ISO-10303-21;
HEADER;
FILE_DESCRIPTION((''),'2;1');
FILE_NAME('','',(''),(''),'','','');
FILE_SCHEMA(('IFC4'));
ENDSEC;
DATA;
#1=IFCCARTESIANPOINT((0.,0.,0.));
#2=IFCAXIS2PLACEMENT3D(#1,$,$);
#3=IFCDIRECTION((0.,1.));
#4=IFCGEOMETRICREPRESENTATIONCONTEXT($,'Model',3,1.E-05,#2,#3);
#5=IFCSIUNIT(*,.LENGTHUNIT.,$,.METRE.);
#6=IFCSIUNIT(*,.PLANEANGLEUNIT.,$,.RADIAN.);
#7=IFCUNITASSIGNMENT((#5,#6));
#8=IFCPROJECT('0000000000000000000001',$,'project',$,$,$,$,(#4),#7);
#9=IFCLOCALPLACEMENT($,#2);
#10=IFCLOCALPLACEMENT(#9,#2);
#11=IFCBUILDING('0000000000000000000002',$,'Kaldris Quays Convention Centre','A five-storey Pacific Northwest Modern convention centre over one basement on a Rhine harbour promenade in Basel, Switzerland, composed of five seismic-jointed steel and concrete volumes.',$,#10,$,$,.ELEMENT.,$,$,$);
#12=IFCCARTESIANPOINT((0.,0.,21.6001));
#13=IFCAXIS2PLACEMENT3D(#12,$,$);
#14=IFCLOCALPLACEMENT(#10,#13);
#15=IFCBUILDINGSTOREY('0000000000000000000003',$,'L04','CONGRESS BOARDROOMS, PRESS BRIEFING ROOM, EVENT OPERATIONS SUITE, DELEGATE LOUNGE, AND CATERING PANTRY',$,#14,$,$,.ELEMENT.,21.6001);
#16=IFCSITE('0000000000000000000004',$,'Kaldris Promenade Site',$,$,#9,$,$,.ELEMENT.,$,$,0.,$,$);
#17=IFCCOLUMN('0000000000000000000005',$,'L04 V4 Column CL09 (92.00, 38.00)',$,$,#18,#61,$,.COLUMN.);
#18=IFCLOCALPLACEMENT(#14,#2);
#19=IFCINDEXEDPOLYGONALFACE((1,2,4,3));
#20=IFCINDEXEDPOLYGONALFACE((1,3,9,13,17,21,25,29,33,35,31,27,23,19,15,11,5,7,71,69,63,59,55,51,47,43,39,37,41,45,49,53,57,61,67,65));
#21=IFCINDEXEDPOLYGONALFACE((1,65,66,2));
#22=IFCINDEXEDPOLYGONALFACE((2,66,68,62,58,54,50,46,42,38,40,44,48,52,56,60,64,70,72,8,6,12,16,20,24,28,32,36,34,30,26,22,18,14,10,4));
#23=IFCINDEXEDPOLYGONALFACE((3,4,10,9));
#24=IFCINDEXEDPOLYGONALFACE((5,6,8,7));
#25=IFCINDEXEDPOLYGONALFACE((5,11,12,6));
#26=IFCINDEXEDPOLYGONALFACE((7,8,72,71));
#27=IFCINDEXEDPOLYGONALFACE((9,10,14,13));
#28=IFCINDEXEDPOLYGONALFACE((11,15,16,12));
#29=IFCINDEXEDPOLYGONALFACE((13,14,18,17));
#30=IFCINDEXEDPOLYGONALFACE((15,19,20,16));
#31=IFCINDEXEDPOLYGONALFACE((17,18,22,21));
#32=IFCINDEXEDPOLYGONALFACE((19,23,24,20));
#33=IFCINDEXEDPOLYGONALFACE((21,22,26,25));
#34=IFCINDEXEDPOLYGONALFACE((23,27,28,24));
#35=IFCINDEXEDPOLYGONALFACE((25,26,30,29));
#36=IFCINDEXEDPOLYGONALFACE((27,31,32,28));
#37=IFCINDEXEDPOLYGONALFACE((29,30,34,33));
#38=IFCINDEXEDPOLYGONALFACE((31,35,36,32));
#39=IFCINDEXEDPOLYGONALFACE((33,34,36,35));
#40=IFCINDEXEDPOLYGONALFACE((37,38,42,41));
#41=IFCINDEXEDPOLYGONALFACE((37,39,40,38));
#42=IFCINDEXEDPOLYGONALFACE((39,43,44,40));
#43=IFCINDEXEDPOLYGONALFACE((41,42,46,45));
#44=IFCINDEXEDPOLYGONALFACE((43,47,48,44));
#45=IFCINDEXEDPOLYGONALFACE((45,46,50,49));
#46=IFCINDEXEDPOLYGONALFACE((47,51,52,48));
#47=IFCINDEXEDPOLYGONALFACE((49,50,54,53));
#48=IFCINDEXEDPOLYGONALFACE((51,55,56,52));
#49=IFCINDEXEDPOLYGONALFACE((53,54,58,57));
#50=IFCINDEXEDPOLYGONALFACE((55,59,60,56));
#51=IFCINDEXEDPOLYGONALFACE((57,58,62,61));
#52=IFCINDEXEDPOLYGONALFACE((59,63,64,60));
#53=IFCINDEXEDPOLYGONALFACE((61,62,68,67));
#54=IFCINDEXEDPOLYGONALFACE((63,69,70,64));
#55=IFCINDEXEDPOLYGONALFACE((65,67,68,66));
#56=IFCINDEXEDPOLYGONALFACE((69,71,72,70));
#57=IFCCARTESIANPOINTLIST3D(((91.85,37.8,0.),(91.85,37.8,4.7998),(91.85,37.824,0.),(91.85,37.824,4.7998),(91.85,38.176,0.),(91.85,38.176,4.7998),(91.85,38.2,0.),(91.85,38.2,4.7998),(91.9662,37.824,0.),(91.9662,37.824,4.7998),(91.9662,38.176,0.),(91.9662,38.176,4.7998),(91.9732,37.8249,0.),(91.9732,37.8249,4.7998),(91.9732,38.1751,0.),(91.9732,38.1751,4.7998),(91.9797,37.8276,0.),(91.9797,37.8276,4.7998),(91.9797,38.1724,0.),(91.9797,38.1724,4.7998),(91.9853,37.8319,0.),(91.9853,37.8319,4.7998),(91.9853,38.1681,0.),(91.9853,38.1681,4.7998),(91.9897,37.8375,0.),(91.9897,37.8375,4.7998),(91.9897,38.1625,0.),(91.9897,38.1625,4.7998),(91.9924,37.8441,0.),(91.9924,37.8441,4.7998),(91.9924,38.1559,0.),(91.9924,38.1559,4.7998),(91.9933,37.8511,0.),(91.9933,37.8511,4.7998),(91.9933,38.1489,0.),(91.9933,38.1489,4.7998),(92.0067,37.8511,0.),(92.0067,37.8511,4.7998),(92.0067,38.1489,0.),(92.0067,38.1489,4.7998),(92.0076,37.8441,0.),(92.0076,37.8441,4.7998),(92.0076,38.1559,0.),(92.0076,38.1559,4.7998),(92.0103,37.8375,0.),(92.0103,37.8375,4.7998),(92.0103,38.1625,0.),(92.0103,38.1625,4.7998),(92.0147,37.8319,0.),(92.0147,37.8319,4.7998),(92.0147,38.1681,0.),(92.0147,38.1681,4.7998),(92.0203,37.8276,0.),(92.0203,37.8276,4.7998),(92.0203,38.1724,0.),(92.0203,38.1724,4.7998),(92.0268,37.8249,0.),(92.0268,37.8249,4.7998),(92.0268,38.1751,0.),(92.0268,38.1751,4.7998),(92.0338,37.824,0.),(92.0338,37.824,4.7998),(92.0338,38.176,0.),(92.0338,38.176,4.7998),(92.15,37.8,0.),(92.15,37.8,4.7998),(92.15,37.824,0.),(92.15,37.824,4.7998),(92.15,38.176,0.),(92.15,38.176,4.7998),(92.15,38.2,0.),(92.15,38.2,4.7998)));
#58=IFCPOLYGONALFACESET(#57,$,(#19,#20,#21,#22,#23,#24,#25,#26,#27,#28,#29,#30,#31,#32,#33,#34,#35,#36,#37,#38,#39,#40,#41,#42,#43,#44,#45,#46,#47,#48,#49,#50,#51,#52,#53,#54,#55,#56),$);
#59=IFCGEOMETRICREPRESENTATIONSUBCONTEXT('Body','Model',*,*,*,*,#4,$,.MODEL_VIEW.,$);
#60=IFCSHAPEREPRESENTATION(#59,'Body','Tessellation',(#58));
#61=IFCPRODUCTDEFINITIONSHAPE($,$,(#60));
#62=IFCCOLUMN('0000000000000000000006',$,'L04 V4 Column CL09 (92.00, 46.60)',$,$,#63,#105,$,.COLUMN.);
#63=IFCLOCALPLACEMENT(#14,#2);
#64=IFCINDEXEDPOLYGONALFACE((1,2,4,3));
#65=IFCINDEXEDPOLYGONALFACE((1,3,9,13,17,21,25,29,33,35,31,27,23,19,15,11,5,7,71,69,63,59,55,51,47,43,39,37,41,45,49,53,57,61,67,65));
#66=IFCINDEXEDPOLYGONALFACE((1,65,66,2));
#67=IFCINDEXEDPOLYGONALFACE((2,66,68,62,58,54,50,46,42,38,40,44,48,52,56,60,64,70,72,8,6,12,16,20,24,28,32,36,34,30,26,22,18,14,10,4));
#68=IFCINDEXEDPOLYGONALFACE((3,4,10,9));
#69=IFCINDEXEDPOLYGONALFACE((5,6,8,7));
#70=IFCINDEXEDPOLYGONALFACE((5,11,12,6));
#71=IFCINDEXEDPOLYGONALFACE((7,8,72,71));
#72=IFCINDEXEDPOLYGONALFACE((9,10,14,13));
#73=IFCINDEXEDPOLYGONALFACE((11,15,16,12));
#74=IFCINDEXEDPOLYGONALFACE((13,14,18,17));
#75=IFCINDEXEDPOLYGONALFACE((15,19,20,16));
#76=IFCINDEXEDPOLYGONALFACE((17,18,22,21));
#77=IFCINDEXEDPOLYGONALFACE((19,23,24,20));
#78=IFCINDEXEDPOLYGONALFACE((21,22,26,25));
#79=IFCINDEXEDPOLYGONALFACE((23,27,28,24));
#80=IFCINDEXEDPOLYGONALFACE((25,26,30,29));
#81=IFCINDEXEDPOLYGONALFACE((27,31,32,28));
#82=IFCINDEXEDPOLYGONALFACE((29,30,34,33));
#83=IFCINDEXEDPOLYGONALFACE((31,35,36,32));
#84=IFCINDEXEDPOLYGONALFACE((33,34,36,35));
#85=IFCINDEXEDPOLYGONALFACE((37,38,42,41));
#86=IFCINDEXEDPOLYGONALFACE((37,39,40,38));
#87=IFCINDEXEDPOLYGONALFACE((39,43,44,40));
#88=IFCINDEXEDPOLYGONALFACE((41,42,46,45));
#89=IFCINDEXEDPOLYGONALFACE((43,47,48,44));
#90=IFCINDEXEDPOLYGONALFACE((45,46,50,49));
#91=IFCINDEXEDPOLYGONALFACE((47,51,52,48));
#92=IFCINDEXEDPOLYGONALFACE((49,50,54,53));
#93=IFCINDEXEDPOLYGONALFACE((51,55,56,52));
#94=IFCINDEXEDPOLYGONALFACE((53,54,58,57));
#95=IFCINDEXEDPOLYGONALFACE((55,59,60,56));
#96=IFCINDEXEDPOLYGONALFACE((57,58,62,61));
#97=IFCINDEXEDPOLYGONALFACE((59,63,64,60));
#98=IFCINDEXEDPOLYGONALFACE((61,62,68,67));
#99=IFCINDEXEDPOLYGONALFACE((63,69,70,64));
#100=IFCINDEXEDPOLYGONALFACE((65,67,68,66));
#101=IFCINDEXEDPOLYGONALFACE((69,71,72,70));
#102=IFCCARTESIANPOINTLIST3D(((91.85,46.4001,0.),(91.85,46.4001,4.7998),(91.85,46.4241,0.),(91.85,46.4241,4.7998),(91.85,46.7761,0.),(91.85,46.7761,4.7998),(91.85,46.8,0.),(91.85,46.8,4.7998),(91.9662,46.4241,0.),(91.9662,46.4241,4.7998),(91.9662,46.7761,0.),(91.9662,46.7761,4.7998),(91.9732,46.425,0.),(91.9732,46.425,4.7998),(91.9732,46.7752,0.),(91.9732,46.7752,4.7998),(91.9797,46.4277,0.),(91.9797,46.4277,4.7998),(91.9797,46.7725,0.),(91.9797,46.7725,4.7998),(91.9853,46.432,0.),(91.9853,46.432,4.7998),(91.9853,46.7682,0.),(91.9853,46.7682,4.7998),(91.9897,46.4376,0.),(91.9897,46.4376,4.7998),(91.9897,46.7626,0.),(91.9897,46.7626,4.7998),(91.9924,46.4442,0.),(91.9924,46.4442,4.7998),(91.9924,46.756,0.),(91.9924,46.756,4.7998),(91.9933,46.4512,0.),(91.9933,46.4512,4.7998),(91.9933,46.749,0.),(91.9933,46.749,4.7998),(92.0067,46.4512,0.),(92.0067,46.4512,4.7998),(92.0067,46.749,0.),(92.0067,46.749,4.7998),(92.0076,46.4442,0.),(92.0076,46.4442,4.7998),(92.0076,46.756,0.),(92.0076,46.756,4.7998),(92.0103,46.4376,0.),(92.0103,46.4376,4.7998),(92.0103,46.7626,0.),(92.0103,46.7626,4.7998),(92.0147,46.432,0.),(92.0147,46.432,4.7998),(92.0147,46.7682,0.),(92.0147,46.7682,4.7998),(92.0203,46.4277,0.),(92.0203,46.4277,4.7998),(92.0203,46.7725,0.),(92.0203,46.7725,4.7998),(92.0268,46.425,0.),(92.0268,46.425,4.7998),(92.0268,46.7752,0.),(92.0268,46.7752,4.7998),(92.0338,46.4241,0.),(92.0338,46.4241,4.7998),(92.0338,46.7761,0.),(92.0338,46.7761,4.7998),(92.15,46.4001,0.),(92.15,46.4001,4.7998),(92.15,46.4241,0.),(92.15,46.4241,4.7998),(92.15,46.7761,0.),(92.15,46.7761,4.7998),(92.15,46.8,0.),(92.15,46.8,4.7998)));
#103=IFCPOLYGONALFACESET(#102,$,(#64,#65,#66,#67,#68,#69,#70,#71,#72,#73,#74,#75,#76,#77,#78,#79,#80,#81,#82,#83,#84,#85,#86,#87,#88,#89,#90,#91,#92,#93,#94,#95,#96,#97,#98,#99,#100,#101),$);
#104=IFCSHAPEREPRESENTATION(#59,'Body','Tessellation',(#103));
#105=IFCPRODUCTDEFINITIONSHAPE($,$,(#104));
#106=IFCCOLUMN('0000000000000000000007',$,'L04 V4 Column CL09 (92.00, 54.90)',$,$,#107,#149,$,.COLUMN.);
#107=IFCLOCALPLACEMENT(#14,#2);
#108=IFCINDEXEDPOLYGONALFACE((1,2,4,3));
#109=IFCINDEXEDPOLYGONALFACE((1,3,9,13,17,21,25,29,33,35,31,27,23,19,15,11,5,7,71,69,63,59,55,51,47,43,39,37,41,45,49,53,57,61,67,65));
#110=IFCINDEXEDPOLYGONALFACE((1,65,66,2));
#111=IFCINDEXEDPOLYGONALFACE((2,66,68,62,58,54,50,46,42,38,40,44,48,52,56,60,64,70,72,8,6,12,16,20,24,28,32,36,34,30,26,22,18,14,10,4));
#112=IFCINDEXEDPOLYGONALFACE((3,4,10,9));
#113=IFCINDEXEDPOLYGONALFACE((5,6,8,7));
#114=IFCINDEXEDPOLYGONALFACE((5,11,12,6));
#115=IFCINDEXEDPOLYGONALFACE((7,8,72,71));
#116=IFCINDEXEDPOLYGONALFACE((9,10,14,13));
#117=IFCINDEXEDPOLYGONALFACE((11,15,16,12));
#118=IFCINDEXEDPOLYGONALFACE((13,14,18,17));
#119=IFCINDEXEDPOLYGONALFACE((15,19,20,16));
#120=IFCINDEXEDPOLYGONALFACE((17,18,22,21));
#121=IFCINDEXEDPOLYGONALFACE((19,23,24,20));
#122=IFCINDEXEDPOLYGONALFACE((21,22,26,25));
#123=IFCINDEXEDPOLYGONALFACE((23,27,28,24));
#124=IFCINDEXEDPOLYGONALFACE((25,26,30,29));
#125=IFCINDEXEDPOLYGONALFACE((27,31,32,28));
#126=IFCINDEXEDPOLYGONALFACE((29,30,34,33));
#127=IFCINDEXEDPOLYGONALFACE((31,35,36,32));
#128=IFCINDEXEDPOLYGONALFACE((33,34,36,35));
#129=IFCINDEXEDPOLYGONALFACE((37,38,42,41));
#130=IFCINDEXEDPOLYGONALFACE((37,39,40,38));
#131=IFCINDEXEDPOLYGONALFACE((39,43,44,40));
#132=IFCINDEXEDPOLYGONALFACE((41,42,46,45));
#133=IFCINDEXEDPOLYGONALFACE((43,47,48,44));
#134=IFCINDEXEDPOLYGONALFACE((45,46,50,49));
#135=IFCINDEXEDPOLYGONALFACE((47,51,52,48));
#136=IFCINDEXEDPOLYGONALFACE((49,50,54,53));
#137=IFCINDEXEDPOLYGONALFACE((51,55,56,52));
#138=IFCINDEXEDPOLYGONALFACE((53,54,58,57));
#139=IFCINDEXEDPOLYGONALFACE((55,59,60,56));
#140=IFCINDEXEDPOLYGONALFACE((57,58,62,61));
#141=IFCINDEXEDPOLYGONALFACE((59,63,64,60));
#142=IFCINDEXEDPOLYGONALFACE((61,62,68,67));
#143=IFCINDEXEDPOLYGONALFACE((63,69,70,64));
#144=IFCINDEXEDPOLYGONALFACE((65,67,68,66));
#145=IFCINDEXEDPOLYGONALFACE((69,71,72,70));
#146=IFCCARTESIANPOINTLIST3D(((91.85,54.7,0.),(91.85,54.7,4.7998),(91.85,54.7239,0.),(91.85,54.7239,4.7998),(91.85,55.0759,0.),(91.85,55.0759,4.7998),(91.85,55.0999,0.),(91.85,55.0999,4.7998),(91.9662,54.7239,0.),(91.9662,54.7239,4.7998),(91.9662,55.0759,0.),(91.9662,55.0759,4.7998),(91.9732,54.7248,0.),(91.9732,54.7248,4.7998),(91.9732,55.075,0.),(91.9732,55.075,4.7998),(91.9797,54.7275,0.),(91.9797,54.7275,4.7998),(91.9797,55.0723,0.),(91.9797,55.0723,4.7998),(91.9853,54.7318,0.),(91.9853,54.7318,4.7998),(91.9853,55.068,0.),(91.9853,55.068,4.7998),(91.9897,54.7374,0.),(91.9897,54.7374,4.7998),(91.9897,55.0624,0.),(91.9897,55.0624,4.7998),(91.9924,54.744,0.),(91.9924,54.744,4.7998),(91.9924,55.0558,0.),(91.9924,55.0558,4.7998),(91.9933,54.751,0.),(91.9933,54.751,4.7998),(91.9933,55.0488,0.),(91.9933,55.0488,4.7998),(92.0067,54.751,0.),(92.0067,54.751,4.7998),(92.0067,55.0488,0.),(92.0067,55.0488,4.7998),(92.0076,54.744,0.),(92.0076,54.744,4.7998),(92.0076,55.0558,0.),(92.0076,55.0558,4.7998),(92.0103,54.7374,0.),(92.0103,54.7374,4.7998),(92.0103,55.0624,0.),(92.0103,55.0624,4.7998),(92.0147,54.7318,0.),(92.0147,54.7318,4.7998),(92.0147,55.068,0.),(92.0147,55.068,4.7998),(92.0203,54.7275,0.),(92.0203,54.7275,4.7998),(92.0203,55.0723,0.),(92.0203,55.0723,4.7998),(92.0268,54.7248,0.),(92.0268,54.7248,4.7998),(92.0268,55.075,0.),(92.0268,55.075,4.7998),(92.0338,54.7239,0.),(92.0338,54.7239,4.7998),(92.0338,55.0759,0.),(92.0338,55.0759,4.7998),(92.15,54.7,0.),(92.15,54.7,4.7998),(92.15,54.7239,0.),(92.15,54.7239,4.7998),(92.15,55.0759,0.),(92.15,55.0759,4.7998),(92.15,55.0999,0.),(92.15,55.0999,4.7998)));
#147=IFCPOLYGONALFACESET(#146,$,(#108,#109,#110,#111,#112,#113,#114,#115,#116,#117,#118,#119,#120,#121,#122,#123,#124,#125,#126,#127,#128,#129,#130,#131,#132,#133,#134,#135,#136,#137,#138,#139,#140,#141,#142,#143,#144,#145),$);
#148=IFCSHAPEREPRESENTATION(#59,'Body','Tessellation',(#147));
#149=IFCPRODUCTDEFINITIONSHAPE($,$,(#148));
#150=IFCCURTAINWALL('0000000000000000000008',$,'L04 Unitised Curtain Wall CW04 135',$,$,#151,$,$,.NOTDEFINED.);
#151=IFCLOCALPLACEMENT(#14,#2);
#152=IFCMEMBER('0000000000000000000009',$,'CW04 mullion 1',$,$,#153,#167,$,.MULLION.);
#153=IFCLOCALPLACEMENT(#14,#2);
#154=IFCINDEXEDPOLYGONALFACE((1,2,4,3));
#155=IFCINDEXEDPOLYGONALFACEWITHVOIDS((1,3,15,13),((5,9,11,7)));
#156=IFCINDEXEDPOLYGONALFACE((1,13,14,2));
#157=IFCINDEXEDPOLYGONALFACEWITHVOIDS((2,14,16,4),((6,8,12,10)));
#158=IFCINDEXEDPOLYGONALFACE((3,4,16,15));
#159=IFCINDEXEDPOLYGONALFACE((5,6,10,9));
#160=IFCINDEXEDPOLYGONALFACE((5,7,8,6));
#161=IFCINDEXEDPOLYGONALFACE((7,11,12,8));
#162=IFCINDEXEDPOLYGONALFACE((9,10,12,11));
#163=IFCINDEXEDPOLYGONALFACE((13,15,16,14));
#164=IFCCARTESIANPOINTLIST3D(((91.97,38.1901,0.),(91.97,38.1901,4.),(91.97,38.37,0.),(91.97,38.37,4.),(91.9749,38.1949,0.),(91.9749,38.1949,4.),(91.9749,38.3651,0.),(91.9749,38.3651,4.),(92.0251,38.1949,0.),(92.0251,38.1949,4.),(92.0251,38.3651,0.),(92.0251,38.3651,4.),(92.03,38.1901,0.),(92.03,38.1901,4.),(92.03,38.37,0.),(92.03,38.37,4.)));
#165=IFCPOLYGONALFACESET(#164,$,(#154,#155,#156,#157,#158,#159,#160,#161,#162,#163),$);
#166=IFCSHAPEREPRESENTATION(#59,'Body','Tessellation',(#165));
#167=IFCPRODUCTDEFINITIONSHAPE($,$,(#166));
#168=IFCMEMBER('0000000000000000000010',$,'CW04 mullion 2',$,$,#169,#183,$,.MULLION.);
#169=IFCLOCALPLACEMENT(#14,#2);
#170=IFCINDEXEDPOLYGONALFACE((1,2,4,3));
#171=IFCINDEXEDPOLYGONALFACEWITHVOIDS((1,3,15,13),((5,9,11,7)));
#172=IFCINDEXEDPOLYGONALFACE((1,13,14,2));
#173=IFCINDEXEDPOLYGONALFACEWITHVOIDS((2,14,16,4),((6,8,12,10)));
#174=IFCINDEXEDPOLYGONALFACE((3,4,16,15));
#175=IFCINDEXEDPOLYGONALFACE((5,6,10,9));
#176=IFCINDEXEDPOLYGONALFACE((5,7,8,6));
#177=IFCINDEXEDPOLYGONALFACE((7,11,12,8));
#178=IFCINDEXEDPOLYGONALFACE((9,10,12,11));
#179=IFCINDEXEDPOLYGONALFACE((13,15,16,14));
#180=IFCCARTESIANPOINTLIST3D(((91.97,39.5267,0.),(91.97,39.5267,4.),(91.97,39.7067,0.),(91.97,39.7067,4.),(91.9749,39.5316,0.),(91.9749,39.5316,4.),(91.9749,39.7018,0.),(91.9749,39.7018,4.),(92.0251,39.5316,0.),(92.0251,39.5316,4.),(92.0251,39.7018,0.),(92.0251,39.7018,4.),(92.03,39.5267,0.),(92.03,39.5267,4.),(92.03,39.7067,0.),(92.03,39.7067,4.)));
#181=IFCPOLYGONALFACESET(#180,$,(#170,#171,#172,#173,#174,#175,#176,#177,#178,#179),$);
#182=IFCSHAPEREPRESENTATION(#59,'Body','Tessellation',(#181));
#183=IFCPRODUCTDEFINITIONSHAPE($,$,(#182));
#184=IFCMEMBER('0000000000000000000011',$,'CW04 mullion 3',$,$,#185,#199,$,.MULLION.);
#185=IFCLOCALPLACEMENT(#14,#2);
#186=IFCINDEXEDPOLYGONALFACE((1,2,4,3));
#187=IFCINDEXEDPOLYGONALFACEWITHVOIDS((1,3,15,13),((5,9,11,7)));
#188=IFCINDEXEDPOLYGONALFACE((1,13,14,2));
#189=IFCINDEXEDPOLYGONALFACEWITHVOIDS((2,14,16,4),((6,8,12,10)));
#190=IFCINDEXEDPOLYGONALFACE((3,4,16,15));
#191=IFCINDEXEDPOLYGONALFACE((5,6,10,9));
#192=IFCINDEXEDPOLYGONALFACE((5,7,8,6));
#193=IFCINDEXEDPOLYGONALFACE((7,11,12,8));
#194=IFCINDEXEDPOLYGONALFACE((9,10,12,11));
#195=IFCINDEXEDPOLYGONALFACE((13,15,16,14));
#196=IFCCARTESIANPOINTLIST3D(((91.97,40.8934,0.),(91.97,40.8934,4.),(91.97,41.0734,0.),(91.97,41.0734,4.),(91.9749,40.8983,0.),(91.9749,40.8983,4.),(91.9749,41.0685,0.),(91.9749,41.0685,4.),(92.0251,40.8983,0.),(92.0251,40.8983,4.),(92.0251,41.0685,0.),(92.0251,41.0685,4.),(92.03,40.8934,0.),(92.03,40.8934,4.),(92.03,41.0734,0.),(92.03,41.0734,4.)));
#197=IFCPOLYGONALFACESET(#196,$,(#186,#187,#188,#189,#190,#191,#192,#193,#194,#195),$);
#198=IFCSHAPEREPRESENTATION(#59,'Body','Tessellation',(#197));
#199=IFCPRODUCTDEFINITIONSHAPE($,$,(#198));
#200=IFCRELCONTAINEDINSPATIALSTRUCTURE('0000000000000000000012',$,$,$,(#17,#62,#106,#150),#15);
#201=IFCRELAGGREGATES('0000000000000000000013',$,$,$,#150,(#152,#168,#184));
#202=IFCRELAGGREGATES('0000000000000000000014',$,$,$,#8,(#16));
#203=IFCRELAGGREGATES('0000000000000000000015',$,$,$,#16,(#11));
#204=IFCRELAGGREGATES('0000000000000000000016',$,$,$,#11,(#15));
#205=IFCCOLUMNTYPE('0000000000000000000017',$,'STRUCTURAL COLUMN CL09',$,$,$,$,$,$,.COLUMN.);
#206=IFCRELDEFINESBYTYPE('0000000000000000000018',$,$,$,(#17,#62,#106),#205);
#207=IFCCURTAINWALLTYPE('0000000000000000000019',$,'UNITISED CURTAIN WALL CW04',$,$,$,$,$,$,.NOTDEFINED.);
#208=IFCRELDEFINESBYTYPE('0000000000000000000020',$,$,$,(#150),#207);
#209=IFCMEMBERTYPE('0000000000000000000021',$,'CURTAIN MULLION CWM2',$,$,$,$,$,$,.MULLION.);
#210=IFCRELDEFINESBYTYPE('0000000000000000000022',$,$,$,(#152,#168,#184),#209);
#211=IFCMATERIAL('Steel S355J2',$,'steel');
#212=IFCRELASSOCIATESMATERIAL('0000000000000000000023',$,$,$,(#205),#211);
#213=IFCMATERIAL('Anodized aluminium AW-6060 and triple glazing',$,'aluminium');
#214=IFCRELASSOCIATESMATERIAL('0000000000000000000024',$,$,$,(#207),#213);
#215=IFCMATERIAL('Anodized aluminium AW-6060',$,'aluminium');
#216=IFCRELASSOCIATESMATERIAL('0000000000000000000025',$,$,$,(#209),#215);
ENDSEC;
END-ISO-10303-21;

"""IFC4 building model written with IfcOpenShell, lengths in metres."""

from ifc_helpers import new_model, si_unit, direction, frame, origin, origin_2d, place, context, subcontext, project, spatial, hollow_rectangle, i_section, extrude, material, material_profile, profile_set, type_object, element, aggregate, save


model = new_model("IFC4")

# Units and contexts
model_context = context("Model", 3, precision=1e-05, world=origin(), true_north=direction((0.0, 1.0)))
body_context = subcontext(model_context, "Body", "Model", "MODEL_VIEW")
ifc_project = project(units=[si_unit("LENGTHUNIT", "METRE"), si_unit("PLANEANGLEUNIT", "RADIAN")], contexts=[model_context])

# Site, building, storey
site_placement = place(None, origin())
site = spatial("IfcSite", under=ifc_project, at=site_placement, Name="Kaldris Promenade Site", CompositionType="ELEMENT", RefElevation=0.0)
building_placement = place(site_placement, origin())
building = spatial("IfcBuilding", under=site, at=building_placement, Name="Kaldris Quays Convention Centre", Description="A five-storey Pacific Northwest Modern convention centre over one basement on a Rhine harbour promenade in Basel, Switzerland, composed of five seismic-jointed steel and concrete volumes.", CompositionType="ELEMENT")
storey_placement = place(building_placement, frame((0.0, 0.0, 21.6001)))
storey = spatial("IfcBuildingStorey", under=building, at=storey_placement, Name="L04", Description="CONGRESS BOARDROOMS, PRESS BRIEFING ROOM, EVENT OPERATIONS SUITE, DELEGATE LOUNGE, AND CATERING PANTRY", CompositionType="ELEMENT", Elevation=21.6001)

# Columns
ifc_material_1 = material(Name="Steel S355J2", Category="steel")
ifc_material_profile_1 = material_profile(ifc_material_1, i_section(OverallWidth=0.3, OverallDepth=0.3999, WebThickness=0.0134, FlangeThickness=0.0239, FilletRadius=0.0271, at=origin_2d()), Name="HEB 400")
ifc_profile_set_1 = profile_set([ifc_material_profile_1], Name="Steel S355J2")
column_type = type_object("IfcColumnType", Name="STRUCTURAL COLUMN CL09", PredefinedType="COLUMN", material=ifc_profile_set_1)
for number, where, z_axis, x_axis, name in (
    (1, (92.0, 38.0, 0.0), (0.0, 0.0, 1.0), (1.0, 0.0, 0.0), "L04 V4 Column CL09 (92.00, 38.00)"),
    (2, (92.0, 46.6001, 0.0), (0.0, 0.0, 1.0), (1.0, 0.0, 0.0), "L04 V4 Column CL09 (92.00, 46.60)"),
    (3, (92.0, 54.8999, 0.0), (0.0, 0.0, 1.0), (1.0, 0.0, 0.0), "L04 V4 Column CL09 (92.00, 54.90)"),
):
    element("IfcColumn", number, at=place(storey_placement, frame(where, z_axis=z_axis, x_axis=x_axis)), inside=storey, type_object=column_type, Name=name, PredefinedType="COLUMN", context=body_context, shape_type="SweptSolid", body=[
        extrude(i_section(OverallWidth=0.3, OverallDepth=0.3999, WebThickness=0.0134, FlangeThickness=0.0239, FilletRadius=0.0271, at=origin_2d()), origin(), (0.0, 0.0, 1.0), 4.7998),
    ])

# Curtain wall, members
ifc_material_2 = material(Name="Anodized aluminium AW-6060 and triple glazing", Category="aluminium")
curtain_wall_type = type_object("IfcCurtainWallType", Name="UNITISED CURTAIN WALL CW04", PredefinedType="NOTDEFINED", material=ifc_material_2)
curtain_wall_placement = place(storey_placement, origin())
curtain_wall = element("IfcCurtainWall", 4, at=curtain_wall_placement, inside=storey, type_object=curtain_wall_type, Name="L04 Unitised Curtain Wall CW04 135", PredefinedType="NOTDEFINED")
ifc_material_3 = material(Name="Anodized aluminium AW-6060", Category="aluminium")
ifc_material_profile_2 = material_profile(ifc_material_3, hollow_rectangle(XDim=0.0601, YDim=0.1799, WallThickness=0.0049, at=origin_2d()), Name="RHS 180x60x5")
ifc_profile_set_2 = profile_set([ifc_material_profile_2], Name="Anodized aluminium AW-6060")
member_type = type_object("IfcMemberType", Name="CURTAIN MULLION CWM2", PredefinedType="MULLION", material=ifc_profile_set_2)
member_1_placement = place(storey_placement, frame((92.0, 38.28, 0.0), z_axis=(0.0, 0.0, 1.0), x_axis=(-1.0, 0.0, 0.0)))
member_1 = element("IfcMember", 5, at=member_1_placement, type_object=member_type, Name="CW04 mullion 1", PredefinedType="MULLION", context=body_context, shape_type="SweptSolid", body=[
    extrude(hollow_rectangle(XDim=0.0601, YDim=0.1799, WallThickness=0.0049, at=origin_2d()), origin(), (0.0, 0.0, 1.0), 4.0),
])
member_2_placement = place(storey_placement, frame((92.0, 39.6167, 0.0), z_axis=(0.0, 0.0, 1.0), x_axis=(-1.0, 0.0, 0.0)))
member_2 = element("IfcMember", 6, at=member_2_placement, type_object=member_type, Name="CW04 mullion 2", PredefinedType="MULLION", context=body_context, shape_type="SweptSolid", body=[
    extrude(hollow_rectangle(XDim=0.0601, YDim=0.1799, WallThickness=0.0049, at=origin_2d()), origin(), (0.0, 0.0, 1.0), 4.0),
])
member_3_placement = place(storey_placement, frame((92.0, 40.9834, 0.0), z_axis=(0.0, 0.0, 1.0), x_axis=(-1.0, 0.0, 0.0)))
member_3 = element("IfcMember", 7, at=member_3_placement, type_object=member_type, Name="CW04 mullion 3", PredefinedType="MULLION", context=body_context, shape_type="SweptSolid", body=[
    extrude(hollow_rectangle(XDim=0.0601, YDim=0.1799, WallThickness=0.0049, at=origin_2d()), origin(), (0.0, 0.0, 1.0), 4.0),
])
aggregate(curtain_wall, [member_1, member_2, member_3])

save(model, "model.ifc")
